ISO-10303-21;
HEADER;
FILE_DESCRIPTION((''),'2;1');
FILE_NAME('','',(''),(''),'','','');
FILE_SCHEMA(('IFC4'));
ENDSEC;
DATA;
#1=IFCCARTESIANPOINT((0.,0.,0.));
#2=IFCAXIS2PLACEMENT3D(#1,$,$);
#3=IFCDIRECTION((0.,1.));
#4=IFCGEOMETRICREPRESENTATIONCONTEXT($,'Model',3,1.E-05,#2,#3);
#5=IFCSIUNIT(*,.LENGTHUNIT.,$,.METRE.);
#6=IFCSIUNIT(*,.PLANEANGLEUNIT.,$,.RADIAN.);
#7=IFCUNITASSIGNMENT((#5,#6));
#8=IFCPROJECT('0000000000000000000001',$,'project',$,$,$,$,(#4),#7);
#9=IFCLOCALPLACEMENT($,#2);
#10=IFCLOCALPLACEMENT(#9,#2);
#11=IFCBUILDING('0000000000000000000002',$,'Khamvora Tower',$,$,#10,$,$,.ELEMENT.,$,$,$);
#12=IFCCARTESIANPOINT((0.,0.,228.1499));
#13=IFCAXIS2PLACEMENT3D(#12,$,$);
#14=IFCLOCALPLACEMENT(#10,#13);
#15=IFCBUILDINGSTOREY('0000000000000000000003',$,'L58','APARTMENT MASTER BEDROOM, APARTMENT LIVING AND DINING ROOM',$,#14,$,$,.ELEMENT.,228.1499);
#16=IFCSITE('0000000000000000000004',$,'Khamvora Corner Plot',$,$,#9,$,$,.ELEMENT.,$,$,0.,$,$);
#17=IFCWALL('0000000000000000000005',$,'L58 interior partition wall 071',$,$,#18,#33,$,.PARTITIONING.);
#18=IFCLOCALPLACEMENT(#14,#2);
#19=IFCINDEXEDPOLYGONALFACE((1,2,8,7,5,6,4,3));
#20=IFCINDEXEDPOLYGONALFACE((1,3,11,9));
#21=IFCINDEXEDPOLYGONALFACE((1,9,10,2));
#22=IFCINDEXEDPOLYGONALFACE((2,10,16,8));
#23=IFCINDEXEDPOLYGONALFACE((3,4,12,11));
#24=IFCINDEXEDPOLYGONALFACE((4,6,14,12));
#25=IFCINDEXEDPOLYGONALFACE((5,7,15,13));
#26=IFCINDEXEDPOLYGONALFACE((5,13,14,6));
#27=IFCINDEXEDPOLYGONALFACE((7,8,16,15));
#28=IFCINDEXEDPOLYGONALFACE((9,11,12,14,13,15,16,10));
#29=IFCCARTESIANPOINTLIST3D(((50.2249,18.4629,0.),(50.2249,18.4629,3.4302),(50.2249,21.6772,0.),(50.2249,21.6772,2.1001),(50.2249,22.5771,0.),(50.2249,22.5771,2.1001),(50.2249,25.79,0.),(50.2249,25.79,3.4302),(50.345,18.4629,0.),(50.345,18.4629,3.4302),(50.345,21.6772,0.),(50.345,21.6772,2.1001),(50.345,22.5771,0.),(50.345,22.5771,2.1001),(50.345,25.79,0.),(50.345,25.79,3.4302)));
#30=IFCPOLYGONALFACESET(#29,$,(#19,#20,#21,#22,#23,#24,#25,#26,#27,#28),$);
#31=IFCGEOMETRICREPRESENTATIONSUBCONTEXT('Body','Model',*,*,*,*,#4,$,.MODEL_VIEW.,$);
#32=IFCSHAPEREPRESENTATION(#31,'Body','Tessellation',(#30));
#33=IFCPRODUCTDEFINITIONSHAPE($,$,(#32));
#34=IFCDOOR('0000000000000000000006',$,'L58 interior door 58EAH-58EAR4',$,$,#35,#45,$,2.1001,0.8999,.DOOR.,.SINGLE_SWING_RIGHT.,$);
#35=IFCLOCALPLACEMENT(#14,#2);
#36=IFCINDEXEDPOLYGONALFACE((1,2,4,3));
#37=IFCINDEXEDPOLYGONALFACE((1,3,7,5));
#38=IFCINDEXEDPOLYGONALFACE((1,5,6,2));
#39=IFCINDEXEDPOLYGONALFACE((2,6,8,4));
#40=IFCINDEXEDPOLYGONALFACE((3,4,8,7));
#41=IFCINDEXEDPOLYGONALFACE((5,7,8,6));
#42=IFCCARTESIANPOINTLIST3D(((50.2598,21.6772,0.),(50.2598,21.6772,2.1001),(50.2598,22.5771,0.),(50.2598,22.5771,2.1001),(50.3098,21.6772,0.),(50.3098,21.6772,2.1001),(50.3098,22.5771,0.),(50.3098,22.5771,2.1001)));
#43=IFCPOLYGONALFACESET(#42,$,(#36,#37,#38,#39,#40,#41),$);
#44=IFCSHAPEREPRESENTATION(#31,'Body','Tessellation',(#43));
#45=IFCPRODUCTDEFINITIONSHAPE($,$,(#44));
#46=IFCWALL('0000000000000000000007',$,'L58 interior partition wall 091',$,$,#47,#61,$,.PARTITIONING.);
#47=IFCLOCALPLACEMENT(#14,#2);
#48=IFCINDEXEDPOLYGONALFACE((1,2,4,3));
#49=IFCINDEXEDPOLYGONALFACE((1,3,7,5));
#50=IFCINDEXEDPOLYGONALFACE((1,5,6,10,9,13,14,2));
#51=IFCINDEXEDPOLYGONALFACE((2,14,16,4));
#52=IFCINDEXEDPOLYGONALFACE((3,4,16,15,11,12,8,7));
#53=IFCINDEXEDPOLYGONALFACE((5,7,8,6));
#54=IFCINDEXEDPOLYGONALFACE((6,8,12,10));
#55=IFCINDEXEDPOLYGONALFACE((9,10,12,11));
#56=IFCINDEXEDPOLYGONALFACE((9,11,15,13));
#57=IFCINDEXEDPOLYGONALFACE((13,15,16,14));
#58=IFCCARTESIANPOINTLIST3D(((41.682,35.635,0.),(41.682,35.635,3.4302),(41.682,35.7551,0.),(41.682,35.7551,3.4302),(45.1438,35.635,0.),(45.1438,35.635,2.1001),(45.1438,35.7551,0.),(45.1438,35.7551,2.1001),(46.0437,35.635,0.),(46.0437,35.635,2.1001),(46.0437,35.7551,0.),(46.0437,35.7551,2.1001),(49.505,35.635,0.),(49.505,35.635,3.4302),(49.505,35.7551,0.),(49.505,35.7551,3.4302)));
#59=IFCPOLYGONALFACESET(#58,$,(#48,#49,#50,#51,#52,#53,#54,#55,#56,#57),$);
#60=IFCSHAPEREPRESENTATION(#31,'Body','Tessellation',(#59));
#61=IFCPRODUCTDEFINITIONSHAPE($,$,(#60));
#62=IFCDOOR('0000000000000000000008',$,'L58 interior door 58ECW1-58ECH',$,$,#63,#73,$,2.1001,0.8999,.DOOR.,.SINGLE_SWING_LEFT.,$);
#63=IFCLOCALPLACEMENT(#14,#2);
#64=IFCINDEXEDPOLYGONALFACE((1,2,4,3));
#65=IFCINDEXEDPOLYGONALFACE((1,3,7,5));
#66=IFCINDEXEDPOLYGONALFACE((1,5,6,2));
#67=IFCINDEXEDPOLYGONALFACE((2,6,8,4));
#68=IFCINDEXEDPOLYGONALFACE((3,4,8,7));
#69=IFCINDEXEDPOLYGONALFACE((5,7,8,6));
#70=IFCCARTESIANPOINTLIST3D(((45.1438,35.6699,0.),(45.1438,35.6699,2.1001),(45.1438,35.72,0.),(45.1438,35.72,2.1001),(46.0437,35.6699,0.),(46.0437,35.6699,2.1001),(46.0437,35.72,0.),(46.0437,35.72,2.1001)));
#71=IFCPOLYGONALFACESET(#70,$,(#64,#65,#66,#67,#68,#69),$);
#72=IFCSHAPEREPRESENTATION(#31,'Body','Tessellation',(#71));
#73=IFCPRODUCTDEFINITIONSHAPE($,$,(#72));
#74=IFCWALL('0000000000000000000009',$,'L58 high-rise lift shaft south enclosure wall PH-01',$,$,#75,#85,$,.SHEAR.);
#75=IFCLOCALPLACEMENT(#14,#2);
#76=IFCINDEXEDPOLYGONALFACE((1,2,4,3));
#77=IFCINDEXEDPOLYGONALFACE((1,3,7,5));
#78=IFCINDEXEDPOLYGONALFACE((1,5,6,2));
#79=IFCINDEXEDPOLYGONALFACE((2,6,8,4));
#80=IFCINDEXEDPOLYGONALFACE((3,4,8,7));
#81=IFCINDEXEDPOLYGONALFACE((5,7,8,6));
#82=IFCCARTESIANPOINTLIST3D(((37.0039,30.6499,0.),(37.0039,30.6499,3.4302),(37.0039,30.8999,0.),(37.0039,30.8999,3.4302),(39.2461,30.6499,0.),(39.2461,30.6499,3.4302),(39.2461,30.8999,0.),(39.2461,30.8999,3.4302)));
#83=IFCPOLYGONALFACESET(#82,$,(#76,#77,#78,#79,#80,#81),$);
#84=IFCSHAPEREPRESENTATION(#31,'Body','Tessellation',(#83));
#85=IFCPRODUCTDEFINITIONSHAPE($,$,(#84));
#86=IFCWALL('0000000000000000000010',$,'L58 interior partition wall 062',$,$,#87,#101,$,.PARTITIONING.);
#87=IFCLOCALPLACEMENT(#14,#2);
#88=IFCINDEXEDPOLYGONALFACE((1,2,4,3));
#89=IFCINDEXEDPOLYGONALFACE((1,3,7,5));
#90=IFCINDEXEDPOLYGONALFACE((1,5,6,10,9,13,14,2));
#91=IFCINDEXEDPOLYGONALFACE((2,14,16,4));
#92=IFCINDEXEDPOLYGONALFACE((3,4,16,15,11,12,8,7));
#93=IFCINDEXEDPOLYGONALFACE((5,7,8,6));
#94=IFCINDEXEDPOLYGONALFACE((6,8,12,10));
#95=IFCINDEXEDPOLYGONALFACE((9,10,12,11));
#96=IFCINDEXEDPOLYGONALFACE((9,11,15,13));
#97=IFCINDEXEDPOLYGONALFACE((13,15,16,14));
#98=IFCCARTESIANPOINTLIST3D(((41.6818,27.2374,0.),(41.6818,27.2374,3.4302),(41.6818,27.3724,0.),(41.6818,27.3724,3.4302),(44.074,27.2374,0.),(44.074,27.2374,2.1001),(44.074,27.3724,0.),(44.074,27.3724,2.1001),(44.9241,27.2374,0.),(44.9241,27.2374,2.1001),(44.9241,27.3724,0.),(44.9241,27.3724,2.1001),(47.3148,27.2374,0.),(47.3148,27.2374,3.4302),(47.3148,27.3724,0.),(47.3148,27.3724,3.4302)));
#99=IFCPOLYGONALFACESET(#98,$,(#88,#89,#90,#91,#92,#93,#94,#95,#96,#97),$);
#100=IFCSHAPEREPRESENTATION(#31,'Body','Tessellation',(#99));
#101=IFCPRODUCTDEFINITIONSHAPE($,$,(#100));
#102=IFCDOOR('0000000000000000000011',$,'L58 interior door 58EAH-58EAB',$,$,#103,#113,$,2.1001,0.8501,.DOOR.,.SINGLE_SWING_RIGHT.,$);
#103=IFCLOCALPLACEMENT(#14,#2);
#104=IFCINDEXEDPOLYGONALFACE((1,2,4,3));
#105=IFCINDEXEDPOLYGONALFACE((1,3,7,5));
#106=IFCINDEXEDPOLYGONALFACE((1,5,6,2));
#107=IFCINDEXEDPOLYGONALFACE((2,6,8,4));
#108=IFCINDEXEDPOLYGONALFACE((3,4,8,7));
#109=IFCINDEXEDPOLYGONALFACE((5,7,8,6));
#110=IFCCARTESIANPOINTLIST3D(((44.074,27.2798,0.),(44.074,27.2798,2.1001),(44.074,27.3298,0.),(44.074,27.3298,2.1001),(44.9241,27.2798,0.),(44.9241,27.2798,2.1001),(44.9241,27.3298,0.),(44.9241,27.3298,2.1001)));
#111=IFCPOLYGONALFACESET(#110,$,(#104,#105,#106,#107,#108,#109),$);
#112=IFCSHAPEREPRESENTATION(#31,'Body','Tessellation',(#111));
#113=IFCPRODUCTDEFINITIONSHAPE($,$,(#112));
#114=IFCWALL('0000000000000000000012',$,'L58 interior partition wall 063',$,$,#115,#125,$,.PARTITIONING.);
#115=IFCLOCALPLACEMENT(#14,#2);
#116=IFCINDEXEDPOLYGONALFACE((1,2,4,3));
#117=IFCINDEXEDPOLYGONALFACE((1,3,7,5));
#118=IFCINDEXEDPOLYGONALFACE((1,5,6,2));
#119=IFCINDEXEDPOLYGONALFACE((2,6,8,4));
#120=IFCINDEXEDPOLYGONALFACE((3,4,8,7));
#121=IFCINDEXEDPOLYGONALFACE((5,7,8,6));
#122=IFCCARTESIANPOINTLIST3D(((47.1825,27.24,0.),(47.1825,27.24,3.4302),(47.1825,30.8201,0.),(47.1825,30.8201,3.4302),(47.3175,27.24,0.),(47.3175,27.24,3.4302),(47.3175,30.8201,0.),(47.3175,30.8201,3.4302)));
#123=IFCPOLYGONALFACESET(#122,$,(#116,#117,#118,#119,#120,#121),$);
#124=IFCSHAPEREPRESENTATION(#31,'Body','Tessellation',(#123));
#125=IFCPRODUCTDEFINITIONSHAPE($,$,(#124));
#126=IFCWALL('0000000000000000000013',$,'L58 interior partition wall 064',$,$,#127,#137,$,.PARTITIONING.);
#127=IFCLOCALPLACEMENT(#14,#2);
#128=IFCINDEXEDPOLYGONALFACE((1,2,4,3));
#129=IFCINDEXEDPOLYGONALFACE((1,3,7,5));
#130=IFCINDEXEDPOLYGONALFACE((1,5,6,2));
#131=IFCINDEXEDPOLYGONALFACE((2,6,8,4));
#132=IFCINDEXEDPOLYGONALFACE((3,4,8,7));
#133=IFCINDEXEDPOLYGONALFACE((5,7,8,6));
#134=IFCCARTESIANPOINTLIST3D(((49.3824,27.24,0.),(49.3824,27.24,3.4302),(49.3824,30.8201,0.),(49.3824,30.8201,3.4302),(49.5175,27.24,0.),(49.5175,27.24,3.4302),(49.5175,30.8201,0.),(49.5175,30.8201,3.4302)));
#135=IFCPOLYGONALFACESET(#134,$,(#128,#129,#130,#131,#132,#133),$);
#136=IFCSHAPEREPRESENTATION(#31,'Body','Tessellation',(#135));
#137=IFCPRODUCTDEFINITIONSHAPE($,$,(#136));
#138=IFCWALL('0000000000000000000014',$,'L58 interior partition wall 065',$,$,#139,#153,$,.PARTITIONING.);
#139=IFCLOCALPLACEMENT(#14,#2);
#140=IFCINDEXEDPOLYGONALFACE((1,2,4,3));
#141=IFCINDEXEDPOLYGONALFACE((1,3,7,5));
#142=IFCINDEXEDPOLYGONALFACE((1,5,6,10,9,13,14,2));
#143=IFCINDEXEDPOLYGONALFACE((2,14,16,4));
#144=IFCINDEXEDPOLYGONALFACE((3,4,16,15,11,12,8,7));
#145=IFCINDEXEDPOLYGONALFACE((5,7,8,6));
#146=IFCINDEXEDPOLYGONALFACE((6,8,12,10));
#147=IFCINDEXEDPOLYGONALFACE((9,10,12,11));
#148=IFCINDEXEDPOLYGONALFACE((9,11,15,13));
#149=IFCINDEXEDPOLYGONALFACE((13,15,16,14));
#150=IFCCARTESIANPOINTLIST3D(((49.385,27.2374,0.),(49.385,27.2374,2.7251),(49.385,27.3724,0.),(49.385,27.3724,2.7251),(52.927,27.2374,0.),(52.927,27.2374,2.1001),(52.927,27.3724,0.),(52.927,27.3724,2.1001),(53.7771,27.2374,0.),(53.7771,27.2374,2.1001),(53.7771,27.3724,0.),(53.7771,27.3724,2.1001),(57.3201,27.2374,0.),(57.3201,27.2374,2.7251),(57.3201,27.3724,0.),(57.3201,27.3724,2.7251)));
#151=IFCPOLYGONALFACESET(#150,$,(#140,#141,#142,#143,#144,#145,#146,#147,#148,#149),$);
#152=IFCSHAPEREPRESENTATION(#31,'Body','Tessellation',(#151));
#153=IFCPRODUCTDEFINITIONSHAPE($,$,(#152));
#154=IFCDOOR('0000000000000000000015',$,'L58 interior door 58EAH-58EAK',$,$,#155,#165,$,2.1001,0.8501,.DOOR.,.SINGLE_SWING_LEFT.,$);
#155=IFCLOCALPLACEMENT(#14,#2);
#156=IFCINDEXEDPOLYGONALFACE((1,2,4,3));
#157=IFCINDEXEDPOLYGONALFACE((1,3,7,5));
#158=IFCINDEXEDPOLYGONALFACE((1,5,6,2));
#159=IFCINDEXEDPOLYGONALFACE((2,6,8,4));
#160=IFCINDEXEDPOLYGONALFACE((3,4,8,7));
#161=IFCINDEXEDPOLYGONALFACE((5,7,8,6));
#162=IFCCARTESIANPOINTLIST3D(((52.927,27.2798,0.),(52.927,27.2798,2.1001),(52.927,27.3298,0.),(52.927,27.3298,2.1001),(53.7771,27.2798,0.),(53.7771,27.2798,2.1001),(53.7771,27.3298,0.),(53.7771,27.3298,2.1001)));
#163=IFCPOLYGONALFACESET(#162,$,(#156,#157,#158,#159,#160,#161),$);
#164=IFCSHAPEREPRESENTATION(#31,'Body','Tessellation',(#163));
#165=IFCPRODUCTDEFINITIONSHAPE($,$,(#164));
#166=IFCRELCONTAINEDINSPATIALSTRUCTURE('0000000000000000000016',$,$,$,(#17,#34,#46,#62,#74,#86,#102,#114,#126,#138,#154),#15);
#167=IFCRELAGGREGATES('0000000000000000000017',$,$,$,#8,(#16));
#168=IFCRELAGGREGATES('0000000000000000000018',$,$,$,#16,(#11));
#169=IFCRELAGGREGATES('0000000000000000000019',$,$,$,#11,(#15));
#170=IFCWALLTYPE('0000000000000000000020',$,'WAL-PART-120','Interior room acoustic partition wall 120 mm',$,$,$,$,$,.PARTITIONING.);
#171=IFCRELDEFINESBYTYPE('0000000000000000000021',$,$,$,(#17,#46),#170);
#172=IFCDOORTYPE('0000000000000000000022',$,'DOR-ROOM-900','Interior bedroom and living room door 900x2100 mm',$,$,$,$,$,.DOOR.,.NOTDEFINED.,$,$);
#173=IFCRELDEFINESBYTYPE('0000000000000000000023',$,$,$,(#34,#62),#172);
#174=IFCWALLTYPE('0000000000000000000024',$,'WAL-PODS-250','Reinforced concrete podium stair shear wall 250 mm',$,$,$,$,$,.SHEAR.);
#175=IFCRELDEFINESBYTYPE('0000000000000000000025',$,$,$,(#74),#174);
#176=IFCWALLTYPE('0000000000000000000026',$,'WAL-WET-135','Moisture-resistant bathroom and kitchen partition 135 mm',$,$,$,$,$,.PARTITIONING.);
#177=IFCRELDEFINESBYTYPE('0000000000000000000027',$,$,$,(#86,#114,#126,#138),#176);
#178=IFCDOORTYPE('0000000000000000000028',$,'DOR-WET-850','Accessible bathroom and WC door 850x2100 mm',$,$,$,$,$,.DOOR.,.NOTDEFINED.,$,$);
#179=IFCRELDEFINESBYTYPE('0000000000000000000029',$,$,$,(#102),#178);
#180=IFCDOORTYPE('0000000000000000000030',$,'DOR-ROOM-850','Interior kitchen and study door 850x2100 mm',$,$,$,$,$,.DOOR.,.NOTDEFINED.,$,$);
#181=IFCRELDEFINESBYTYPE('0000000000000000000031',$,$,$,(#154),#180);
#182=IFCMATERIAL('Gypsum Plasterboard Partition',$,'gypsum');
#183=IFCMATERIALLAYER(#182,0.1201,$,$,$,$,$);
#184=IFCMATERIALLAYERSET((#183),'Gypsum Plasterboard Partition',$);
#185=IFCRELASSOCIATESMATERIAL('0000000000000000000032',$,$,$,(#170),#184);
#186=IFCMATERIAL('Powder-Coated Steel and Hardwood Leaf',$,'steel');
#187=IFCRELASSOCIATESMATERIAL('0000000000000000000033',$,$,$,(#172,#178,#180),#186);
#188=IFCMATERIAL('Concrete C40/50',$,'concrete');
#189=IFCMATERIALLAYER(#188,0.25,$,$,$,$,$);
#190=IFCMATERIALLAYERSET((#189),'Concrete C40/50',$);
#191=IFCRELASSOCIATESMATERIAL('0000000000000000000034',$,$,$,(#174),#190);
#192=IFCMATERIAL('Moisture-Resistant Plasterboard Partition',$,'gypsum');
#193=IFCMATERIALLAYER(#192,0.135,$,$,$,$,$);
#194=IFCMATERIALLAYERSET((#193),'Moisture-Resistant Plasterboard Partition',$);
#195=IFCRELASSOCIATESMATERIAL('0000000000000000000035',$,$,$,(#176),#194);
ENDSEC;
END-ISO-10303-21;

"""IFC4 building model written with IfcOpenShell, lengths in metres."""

from ifc_helpers import new_model, si_unit, direction, frame, frame_2d, origin, place, context, subcontext, project, spatial, rectangle, extrude, material, layer, layer_set, type_object, element, fill, save


model = new_model("IFC4")

# Units and contexts
model_context = context("Model", 3, precision=1e-05, world=origin(), true_north=direction((0.0, 1.0)))
body_context = subcontext(model_context, "Body", "Model", "MODEL_VIEW")
ifc_project = project(units=[si_unit("LENGTHUNIT", "METRE"), si_unit("PLANEANGLEUNIT", "RADIAN")], contexts=[model_context])

# Site, building, storey
site_placement = place(None, origin())
site = spatial("IfcSite", under=ifc_project, at=site_placement, Name="Khamvora Corner Plot", CompositionType="ELEMENT", RefElevation=0.0)
building_placement = place(site_placement, origin())
building = spatial("IfcBuilding", under=site, at=building_placement, Name="Khamvora Tower", CompositionType="ELEMENT")
storey_placement = place(building_placement, frame((0.0, 0.0, 228.1499)))
storey = spatial("IfcBuildingStorey", under=building, at=storey_placement, Name="L58", Description="APARTMENT MASTER BEDROOM, APARTMENT LIVING AND DINING ROOM", CompositionType="ELEMENT", Elevation=228.1499)

# Shared definitions
ifc_material_1 = material(Name="Powder-Coated Steel and Hardwood Leaf", Category="steel")

# Walls, openings, doors
ifc_material_2 = material(Name="Gypsum Plasterboard Partition", Category="gypsum")
ifc_layer_1 = layer(ifc_material_2, 0.1201)
ifc_layer_set_1 = layer_set([ifc_layer_1], Name="Gypsum Plasterboard Partition")
wall_type_1 = type_object("IfcWallType", Name="WAL-PART-120", Description="Interior room acoustic partition wall 120 mm", PredefinedType="PARTITIONING", material=ifc_layer_set_1)
wall_1_placement = place(storey_placement, frame((50.2849, 25.79, 0.0), z_axis=(0.0, 0.0, 1.0), x_axis=(0.0, -1.0, 0.0)))
wall_1 = element("IfcWall", 1, at=wall_1_placement, inside=storey, type_object=wall_type_1, Name="L58 interior partition wall 071", PredefinedType="PARTITIONING", context=body_context, shape_type="SweptSolid", body=[
    extrude(rectangle(XDim=7.3271, YDim=0.1201, at=frame_2d((3.6636, 0.0))), origin(), (0.0, 0.0, 1.0), 3.4302),
])
opening_1_placement = place(wall_1_placement, frame((3.2129, 0.0, 0.0)))
opening_1 = element("IfcOpeningElement", 2, at=opening_1_placement, cuts=wall_1, PredefinedType="OPENING", context=body_context, shape_type="SweptSolid", body=[
    extrude(rectangle(XDim=0.8999, YDim=2.1001, at=frame_2d((0.45, 1.05))), frame((0.0, 0.0701, 0.0), z_axis=(0.0, -1.0, 0.0), x_axis=(1.0, 0.0, 0.0)), (0.0, 0.0, 1.0), 0.1401),
])
door_type_1 = type_object("IfcDoorType", Name="DOR-ROOM-900", Description="Interior bedroom and living room door 900x2100 mm", OperationType="NOTDEFINED", PredefinedType="DOOR", material=ifc_material_1)
door_1_placement = place(opening_1_placement, origin())
door_1 = element("IfcDoor", 3, at=door_1_placement, inside=storey, type_object=door_type_1, Name="L58 interior door 58EAH-58EAR4", OperationType="SINGLE_SWING_RIGHT", OverallHeight=2.1001, OverallWidth=0.8999, PredefinedType="DOOR", context=body_context, shape_type="SweptSolid", body=[
    extrude(rectangle(XDim=0.8999, YDim=2.1001, at=frame_2d((0.45, 1.05))), frame((0.0, 0.0249, 0.0), z_axis=(0.0, -1.0, 0.0), x_axis=(1.0, 0.0, 0.0)), (0.0, 0.0, 1.0), 0.05),
])
fill(opening_1, door_1)
wall_2_placement = place(storey_placement, frame((41.6819, 35.6951, 0.0), z_axis=(0.0, 0.0, 1.0), x_axis=(1.0, 0.0, 0.0)))
wall_2 = element("IfcWall", 4, at=wall_2_placement, inside=storey, type_object=wall_type_1, Name="L58 interior partition wall 091", PredefinedType="PARTITIONING", context=body_context, shape_type="SweptSolid", body=[
    extrude(rectangle(XDim=7.823, YDim=0.1201, at=frame_2d((3.9116, 0.0))), origin(), (0.0, 0.0, 1.0), 3.4302),
])
opening_2_placement = place(wall_2_placement, frame((3.4619, 0.0, 0.0)))
opening_2 = element("IfcOpeningElement", 5, at=opening_2_placement, cuts=wall_2, PredefinedType="OPENING", context=body_context, shape_type="SweptSolid", body=[
    extrude(rectangle(XDim=0.8999, YDim=2.1001, at=frame_2d((0.45, 1.05))), frame((0.0, 0.0701, 0.0), z_axis=(0.0, -1.0, 0.0), x_axis=(1.0, 0.0, 0.0)), (0.0, 0.0, 1.0), 0.1401),
])
door_2_placement = place(opening_2_placement, origin())
door_2 = element("IfcDoor", 6, at=door_2_placement, inside=storey, type_object=door_type_1, Name="L58 interior door 58ECW1-58ECH", OperationType="SINGLE_SWING_LEFT", OverallHeight=2.1001, OverallWidth=0.8999, PredefinedType="DOOR", context=body_context, shape_type="SweptSolid", body=[
    extrude(rectangle(XDim=0.8999, YDim=2.1001, at=frame_2d((0.45, 1.05))), frame((0.0, 0.0249, 0.0), z_axis=(0.0, -1.0, 0.0), x_axis=(1.0, 0.0, 0.0)), (0.0, 0.0, 1.0), 0.05),
])
fill(opening_2, door_2)

# Wall
ifc_material_3 = material(Name="Concrete C40/50", Category="concrete")
ifc_layer_2 = layer(ifc_material_3, 0.25)
ifc_layer_set_2 = layer_set([ifc_layer_2], Name="Concrete C40/50")
wall_type_2 = type_object("IfcWallType", Name="WAL-PODS-250", Description="Reinforced concrete podium stair shear wall 250 mm", PredefinedType="SHEAR", material=ifc_layer_set_2)
wall_3_placement = place(storey_placement, frame((37.0039, 30.7749, 0.0), z_axis=(0.0, 0.0, 1.0), x_axis=(1.0, 0.0, 0.0)))
element("IfcWall", 7, at=wall_3_placement, inside=storey, type_object=wall_type_2, Name="L58 high-rise lift shaft south enclosure wall PH-01", PredefinedType="SHEAR", context=body_context, shape_type="SweptSolid", body=[
    extrude(rectangle(XDim=2.2422, YDim=0.25, at=frame_2d((1.1211, 0.0))), origin(), (0.0, 0.0, 1.0), 3.4302),
])

# Wall, opening, door
ifc_material_4 = material(Name="Moisture-Resistant Plasterboard Partition", Category="gypsum")
ifc_layer_3 = layer(ifc_material_4, 0.135)
ifc_layer_set_3 = layer_set([ifc_layer_3], Name="Moisture-Resistant Plasterboard Partition")
wall_type_3 = type_object("IfcWallType", Name="WAL-WET-135", Description="Moisture-resistant bathroom and kitchen partition 135 mm", PredefinedType="PARTITIONING", material=ifc_layer_set_3)
wall_4_placement = place(storey_placement, frame((41.6819, 27.3049, 0.0), z_axis=(0.0, 0.0, 1.0), x_axis=(1.0, 0.0, 0.0)))
wall_4 = element("IfcWall", 8, at=wall_4_placement, inside=storey, type_object=wall_type_3, Name="L58 interior partition wall 062", PredefinedType="PARTITIONING", context=body_context, shape_type="SweptSolid", body=[
    extrude(rectangle(XDim=5.6331, YDim=0.135, at=frame_2d((2.8164, 0.0))), origin(), (0.0, 0.0, 1.0), 3.4302),
])
opening_3_placement = place(wall_4_placement, frame((2.3921, 0.0, 0.0)))
opening_3 = element("IfcOpeningElement", 9, at=opening_3_placement, cuts=wall_4, PredefinedType="OPENING", context=body_context, shape_type="SweptSolid", body=[
    extrude(rectangle(XDim=0.8501, YDim=2.1001, at=frame_2d((0.425, 1.05))), frame((0.0, 0.0774, 0.0), z_axis=(0.0, -1.0, 0.0), x_axis=(1.0, 0.0, 0.0)), (0.0, 0.0, 1.0), 0.155),
])
door_type_2 = type_object("IfcDoorType", Name="DOR-WET-850", Description="Accessible bathroom and WC door 850x2100 mm", OperationType="NOTDEFINED", PredefinedType="DOOR", material=ifc_material_1)
door_3_placement = place(opening_3_placement, origin())
door_3 = element("IfcDoor", 10, at=door_3_placement, inside=storey, type_object=door_type_2, Name="L58 interior door 58EAH-58EAB", OperationType="SINGLE_SWING_RIGHT", OverallHeight=2.1001, OverallWidth=0.8501, PredefinedType="DOOR", context=body_context, shape_type="SweptSolid", body=[
    extrude(rectangle(XDim=0.8501, YDim=2.1001, at=frame_2d((0.425, 1.05))), frame((0.0, 0.0249, 0.0), z_axis=(0.0, -1.0, 0.0), x_axis=(1.0, 0.0, 0.0)), (0.0, 0.0, 1.0), 0.05),
])
fill(opening_3, door_3)

# Walls
for number, where, z_axis, x_axis, name in (
    (11, (47.25, 27.24, 0.0), (0.0, 0.0, 1.0), (0.0, 1.0, 0.0), "L58 interior partition wall 063"),
    (12, (49.45, 30.8201, 0.0), (0.0, 0.0, 1.0), (0.0, -1.0, 0.0), "L58 interior partition wall 064"),
):
    element("IfcWall", number, at=place(storey_placement, frame(where, z_axis=z_axis, x_axis=x_axis)), inside=storey, type_object=wall_type_3, Name=name, PredefinedType="PARTITIONING", context=body_context, shape_type="SweptSolid", body=[
        extrude(rectangle(XDim=3.5801, YDim=0.135, at=frame_2d((1.79, 0.0))), origin(), (0.0, 0.0, 1.0), 3.4302),
    ])

# Wall, opening, door
wall_5_placement = place(storey_placement, frame((49.385, 27.3049, 0.0), z_axis=(0.0, 0.0, 1.0), x_axis=(1.0, 0.0, 0.0)))
wall_5 = element("IfcWall", 13, at=wall_5_placement, inside=storey, type_object=wall_type_3, Name="L58 interior partition wall 065", PredefinedType="PARTITIONING", context=body_context, shape_type="SweptSolid", body=[
    extrude(rectangle(XDim=7.9351, YDim=0.135, at=frame_2d((3.9675, 0.0))), origin(), (0.0, 0.0, 1.0), 2.7251),
])
opening_4_placement = place(wall_5_placement, frame((3.542, 0.0, 0.0)))
opening_4 = element("IfcOpeningElement", 14, at=opening_4_placement, cuts=wall_5, PredefinedType="OPENING", context=body_context, shape_type="SweptSolid", body=[
    extrude(rectangle(XDim=0.8501, YDim=2.1001, at=frame_2d((0.425, 1.05))), frame((0.0, 0.0774, 0.0), z_axis=(0.0, -1.0, 0.0), x_axis=(1.0, 0.0, 0.0)), (0.0, 0.0, 1.0), 0.155),
])
door_type_3 = type_object("IfcDoorType", Name="DOR-ROOM-850", Description="Interior kitchen and study door 850x2100 mm", OperationType="NOTDEFINED", PredefinedType="DOOR", material=ifc_material_1)
door_4_placement = place(opening_4_placement, origin())
door_4 = element("IfcDoor", 15, at=door_4_placement, inside=storey, type_object=door_type_3, Name="L58 interior door 58EAH-58EAK", OperationType="SINGLE_SWING_LEFT", OverallHeight=2.1001, OverallWidth=0.8501, PredefinedType="DOOR", context=body_context, shape_type="SweptSolid", body=[
    extrude(rectangle(XDim=0.8501, YDim=2.1001, at=frame_2d((0.425, 1.05))), frame((0.0, 0.0249, 0.0), z_axis=(0.0, -1.0, 0.0), x_axis=(1.0, 0.0, 0.0)), (0.0, 0.0, 1.0), 0.05),
])
fill(opening_4, door_4)

save(model, "model.ifc")
